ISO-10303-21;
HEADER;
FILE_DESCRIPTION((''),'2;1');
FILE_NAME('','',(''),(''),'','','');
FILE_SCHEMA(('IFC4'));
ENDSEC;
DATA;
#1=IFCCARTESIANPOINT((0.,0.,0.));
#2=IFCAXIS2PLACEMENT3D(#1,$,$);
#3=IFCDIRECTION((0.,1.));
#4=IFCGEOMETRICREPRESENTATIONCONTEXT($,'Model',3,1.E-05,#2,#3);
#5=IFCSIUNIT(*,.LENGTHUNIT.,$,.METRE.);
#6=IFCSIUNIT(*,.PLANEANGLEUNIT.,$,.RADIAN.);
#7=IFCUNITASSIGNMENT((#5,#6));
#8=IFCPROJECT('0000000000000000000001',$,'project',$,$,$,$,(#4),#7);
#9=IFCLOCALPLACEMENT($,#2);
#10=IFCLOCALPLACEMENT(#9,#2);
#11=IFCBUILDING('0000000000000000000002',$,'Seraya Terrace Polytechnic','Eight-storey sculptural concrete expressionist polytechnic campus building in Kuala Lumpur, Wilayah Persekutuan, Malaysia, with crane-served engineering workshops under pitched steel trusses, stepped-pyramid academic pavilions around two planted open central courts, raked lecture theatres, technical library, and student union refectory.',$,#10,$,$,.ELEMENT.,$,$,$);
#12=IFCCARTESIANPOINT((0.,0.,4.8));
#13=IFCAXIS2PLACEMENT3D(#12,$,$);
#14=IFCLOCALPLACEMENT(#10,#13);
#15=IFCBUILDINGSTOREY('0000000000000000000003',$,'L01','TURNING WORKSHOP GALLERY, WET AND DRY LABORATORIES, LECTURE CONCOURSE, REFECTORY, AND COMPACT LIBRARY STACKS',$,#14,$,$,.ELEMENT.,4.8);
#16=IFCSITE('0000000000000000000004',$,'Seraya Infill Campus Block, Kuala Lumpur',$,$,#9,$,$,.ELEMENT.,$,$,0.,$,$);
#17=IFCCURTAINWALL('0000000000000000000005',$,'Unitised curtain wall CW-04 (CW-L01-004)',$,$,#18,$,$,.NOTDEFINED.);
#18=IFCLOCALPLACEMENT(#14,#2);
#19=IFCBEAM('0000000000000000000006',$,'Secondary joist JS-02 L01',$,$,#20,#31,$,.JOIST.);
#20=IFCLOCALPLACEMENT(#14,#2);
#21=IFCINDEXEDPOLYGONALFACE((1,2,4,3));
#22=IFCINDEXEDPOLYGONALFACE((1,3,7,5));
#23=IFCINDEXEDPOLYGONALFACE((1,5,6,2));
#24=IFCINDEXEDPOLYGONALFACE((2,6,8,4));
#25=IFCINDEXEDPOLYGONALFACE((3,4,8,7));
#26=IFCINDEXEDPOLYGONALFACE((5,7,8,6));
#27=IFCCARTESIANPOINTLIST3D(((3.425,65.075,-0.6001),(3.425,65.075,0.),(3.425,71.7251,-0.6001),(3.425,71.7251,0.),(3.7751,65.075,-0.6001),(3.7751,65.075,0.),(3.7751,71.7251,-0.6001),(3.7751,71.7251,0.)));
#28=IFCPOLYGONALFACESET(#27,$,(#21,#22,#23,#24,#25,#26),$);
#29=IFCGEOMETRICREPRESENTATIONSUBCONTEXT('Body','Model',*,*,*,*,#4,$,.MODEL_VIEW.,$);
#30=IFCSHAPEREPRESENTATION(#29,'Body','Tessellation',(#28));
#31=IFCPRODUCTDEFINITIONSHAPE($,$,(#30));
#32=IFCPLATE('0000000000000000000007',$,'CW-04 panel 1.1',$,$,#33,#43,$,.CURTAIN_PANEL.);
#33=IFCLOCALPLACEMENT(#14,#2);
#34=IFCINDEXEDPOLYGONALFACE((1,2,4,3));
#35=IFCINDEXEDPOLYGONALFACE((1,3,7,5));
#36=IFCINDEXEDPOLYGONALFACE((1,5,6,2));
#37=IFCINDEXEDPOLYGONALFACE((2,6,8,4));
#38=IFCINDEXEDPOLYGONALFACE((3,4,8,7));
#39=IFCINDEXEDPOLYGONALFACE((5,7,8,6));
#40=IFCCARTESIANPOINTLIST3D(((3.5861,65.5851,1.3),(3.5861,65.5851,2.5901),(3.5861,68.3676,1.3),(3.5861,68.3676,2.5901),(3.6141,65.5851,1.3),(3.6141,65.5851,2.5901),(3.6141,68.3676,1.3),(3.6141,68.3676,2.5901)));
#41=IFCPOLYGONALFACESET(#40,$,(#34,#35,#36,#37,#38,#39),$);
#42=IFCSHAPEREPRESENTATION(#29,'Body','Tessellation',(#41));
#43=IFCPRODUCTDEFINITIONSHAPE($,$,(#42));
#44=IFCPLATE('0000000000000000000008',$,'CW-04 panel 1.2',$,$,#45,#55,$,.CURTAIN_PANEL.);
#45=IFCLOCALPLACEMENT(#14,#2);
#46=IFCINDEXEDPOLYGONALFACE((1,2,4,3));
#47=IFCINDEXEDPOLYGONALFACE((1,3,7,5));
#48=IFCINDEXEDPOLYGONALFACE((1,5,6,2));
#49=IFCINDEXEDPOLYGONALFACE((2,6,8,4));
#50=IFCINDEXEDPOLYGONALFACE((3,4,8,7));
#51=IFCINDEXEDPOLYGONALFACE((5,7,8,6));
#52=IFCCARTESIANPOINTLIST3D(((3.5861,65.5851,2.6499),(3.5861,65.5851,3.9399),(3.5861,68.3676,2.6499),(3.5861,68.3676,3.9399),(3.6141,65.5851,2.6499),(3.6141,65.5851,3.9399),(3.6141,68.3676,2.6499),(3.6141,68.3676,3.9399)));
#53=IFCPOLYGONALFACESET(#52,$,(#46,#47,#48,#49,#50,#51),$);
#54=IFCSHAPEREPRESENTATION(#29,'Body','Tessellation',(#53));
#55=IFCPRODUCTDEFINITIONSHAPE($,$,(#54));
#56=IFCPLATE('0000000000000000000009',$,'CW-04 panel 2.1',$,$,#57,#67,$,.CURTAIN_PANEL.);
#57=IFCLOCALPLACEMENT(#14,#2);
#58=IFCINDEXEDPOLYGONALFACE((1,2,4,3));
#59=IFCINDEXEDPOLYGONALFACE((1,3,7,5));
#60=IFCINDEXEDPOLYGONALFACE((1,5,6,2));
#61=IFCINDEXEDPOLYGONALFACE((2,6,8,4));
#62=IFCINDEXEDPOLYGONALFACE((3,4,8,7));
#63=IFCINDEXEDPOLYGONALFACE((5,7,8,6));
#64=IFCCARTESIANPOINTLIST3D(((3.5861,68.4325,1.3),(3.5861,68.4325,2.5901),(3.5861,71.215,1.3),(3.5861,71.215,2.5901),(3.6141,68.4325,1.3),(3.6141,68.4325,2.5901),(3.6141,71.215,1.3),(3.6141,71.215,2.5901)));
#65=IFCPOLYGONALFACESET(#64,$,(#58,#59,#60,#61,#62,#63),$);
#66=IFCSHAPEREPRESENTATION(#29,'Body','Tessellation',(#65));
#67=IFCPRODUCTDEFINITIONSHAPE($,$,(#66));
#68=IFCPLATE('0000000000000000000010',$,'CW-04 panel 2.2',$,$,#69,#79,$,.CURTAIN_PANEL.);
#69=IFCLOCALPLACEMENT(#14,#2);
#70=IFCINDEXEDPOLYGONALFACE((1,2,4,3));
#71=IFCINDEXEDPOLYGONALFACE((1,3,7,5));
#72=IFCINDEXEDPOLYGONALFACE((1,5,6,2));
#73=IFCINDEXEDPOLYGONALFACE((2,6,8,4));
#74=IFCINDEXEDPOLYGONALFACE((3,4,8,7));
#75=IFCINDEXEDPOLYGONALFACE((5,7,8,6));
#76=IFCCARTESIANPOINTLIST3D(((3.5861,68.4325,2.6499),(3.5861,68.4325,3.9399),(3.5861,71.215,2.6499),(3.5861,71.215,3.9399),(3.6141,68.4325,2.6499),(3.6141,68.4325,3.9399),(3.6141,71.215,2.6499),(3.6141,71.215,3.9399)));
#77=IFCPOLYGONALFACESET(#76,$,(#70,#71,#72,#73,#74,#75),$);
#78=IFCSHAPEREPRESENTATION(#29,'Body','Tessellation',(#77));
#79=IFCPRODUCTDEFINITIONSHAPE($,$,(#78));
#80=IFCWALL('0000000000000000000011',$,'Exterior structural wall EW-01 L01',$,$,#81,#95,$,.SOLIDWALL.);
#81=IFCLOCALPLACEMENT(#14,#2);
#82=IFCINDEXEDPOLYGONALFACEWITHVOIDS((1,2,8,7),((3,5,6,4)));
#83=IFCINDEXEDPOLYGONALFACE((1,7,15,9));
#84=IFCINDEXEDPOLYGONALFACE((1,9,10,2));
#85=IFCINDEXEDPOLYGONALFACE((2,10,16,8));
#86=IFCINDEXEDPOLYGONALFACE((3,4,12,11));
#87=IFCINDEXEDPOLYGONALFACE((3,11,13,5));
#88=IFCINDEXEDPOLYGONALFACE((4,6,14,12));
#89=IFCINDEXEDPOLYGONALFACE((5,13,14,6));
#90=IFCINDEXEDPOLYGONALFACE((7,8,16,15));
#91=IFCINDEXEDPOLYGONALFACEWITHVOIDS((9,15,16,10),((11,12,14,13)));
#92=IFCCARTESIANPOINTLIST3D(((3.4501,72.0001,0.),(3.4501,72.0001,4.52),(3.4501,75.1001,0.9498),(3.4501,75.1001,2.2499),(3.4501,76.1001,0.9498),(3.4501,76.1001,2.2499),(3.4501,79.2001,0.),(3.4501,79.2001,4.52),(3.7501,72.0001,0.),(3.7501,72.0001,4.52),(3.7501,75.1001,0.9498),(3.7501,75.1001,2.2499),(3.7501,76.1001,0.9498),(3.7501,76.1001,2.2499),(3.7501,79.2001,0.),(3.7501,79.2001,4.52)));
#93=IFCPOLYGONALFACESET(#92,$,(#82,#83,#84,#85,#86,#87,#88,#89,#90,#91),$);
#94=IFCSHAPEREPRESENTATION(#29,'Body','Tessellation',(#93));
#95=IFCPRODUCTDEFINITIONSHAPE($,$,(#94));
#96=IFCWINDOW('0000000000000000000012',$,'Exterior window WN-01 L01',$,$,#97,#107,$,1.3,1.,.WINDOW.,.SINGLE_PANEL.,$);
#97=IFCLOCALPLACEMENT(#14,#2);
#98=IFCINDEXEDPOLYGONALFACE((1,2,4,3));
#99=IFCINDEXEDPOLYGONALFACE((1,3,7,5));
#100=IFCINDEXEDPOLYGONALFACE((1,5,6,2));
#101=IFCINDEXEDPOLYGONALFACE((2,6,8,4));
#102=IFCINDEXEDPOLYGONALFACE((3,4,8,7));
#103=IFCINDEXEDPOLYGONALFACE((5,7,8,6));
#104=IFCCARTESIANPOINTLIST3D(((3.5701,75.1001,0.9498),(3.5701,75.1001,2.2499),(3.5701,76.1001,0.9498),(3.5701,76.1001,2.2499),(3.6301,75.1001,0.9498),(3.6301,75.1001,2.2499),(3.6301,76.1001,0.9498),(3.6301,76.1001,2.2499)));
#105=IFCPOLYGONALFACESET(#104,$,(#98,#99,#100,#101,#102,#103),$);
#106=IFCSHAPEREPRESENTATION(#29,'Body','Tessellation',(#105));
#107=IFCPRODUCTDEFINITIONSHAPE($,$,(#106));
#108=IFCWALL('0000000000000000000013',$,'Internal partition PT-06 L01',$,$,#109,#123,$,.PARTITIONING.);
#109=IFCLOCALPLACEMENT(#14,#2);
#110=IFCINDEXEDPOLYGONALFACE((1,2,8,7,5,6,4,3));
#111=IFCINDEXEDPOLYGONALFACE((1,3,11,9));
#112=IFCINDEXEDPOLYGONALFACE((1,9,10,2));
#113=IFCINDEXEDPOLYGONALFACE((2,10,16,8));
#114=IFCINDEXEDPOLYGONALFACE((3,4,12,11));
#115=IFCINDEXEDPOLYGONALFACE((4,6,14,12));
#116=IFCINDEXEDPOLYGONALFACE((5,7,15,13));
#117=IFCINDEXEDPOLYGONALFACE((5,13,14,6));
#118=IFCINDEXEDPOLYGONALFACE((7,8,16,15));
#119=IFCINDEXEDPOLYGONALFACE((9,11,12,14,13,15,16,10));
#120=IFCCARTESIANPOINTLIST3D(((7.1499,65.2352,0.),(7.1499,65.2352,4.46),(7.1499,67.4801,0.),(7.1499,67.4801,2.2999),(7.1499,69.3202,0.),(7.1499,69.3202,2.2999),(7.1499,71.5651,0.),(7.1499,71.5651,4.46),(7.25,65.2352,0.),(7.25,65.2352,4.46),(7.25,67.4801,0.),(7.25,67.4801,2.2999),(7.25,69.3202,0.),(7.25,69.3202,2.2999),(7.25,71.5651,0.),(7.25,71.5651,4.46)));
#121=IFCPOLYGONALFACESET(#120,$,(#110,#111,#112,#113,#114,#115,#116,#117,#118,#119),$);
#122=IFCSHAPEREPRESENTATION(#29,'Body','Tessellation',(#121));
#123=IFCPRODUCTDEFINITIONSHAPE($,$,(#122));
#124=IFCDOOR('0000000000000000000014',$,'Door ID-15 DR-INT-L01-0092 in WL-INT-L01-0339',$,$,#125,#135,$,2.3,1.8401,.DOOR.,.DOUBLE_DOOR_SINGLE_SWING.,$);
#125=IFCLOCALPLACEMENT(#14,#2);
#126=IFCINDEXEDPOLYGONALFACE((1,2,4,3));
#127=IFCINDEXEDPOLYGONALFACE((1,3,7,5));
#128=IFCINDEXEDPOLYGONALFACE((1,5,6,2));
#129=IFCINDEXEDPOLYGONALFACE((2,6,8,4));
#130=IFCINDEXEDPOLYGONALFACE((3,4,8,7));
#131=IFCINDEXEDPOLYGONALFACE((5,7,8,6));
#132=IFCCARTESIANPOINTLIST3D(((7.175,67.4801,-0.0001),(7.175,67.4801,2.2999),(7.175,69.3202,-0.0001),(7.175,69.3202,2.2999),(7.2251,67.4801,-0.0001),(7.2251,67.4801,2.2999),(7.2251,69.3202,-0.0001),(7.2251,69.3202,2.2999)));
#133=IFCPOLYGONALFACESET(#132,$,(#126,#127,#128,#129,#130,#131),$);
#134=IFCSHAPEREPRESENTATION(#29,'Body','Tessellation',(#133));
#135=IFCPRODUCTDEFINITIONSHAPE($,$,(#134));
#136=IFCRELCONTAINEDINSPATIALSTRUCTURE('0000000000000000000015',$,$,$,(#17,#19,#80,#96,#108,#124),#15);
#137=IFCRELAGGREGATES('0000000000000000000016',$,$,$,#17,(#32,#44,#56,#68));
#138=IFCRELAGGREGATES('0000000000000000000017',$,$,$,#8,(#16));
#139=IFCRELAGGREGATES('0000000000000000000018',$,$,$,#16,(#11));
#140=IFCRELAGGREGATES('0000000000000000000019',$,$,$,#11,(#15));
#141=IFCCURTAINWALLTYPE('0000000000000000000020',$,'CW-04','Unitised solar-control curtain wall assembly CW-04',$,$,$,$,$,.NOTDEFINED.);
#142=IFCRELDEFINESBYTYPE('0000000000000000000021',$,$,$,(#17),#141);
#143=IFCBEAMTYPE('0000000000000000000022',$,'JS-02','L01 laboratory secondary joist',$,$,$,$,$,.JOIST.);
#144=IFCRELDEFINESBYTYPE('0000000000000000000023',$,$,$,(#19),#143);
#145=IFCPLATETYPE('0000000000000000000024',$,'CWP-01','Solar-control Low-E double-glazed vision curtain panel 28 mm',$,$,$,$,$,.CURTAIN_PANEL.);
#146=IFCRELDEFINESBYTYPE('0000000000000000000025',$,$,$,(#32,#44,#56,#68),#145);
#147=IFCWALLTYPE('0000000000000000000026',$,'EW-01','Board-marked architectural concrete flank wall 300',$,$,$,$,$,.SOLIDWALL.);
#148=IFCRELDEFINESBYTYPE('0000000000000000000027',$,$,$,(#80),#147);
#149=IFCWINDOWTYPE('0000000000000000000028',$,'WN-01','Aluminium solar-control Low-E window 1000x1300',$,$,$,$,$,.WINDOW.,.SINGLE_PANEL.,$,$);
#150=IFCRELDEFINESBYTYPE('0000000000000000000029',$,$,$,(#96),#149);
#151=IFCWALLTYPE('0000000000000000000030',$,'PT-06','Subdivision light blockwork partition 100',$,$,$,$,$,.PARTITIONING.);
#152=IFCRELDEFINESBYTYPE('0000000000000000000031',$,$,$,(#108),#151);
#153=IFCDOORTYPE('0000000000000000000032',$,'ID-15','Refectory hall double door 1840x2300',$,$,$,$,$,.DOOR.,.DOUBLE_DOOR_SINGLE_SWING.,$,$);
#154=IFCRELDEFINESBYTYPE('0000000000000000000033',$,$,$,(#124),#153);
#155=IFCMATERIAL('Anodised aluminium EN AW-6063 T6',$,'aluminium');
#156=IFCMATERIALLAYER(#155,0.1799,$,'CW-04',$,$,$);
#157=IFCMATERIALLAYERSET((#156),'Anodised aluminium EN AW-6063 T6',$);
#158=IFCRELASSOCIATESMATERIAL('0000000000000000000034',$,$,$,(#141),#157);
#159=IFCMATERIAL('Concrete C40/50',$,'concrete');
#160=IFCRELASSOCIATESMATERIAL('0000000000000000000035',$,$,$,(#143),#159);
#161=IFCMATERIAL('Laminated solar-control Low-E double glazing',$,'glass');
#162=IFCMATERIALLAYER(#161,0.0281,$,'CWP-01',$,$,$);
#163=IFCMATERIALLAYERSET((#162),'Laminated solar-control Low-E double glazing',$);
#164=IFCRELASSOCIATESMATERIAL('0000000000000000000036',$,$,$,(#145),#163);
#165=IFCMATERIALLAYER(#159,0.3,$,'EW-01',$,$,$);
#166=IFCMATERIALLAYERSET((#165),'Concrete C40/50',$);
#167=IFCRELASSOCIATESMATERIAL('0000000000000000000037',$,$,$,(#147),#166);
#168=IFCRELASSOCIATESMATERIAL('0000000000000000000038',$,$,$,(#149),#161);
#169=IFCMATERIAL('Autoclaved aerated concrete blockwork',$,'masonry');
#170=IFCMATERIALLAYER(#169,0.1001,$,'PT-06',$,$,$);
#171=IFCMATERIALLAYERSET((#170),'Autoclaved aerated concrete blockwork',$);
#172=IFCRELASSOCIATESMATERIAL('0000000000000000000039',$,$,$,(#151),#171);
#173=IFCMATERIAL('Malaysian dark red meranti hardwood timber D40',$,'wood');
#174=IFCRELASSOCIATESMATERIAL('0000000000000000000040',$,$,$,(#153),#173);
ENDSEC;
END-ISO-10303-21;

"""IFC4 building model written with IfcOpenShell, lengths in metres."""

from ifc_helpers import new_model, si_unit, direction, frame, frame_2d, origin, origin_2d, place, context, subcontext, project, spatial, rectangle, extrude, material, layer, layer_set, material_profile, profile_set, type_object, element, fill, aggregate, save


model = new_model("IFC4")

# Units and contexts
model_context = context("Model", 3, precision=1e-05, world=origin(), true_north=direction((0.0, 1.0)))
body_context = subcontext(model_context, "Body", "Model", "MODEL_VIEW")
ifc_project = project(units=[si_unit("LENGTHUNIT", "METRE"), si_unit("PLANEANGLEUNIT", "RADIAN")], contexts=[model_context])

# Site, building, storey
site_placement = place(None, origin())
site = spatial("IfcSite", under=ifc_project, at=site_placement, Name="Seraya Infill Campus Block, Kuala Lumpur", CompositionType="ELEMENT", RefElevation=0.0)
building_placement = place(site_placement, origin())
building = spatial("IfcBuilding", under=site, at=building_placement, Name="Seraya Terrace Polytechnic", Description="Eight-storey sculptural concrete expressionist polytechnic campus building in Kuala Lumpur, Wilayah Persekutuan, Malaysia, with crane-served engineering workshops under pitched steel trusses, stepped-pyramid academic pavilions around two planted open central courts, raked lecture theatres, technical library, and student union refectory.", CompositionType="ELEMENT")
storey_placement = place(building_placement, frame((0.0, 0.0, 4.8)))
storey = spatial("IfcBuildingStorey", under=building, at=storey_placement, Name="L01", Description="TURNING WORKSHOP GALLERY, WET AND DRY LABORATORIES, LECTURE CONCOURSE, REFECTORY, AND COMPACT LIBRARY STACKS", CompositionType="ELEMENT", Elevation=4.8)

# Shared definitions
ifc_material_1 = material(Name="Concrete C40/50", Category="concrete")

# Curtain wall
ifc_material_2 = material(Name="Anodised aluminium EN AW-6063 T6", Category="aluminium")
ifc_layer_1 = layer(ifc_material_2, 0.1799, Name="CW-04")
ifc_layer_set_1 = layer_set([ifc_layer_1], Name="Anodised aluminium EN AW-6063 T6")
curtain_wall_type = type_object("IfcCurtainWallType", Name="CW-04", Description="Unitised solar-control curtain wall assembly CW-04", PredefinedType="NOTDEFINED", material=ifc_layer_set_1)
curtain_wall_placement = place(storey_placement, origin())
curtain_wall = element("IfcCurtainWall", 1, at=curtain_wall_placement, inside=storey, type_object=curtain_wall_type, Name="Unitised curtain wall CW-04 (CW-L01-004)", PredefinedType="NOTDEFINED")

# Beam
ifc_material_profile_1 = material_profile(ifc_material_1, rectangle(XDim=0.3501, YDim=0.6001, at=origin_2d()), Name="RC 350x600")
ifc_profile_set_1 = profile_set([ifc_material_profile_1], Name="Concrete C40/50")
beam_type_1 = type_object("IfcBeamType", Name="JS-02", Description="L01 laboratory secondary joist", PredefinedType="JOIST", material=ifc_profile_set_1)
beam_1_placement = place(storey_placement, frame((3.6001, 65.075, -0.3), z_axis=(0.0, 1.0, 0.0), x_axis=(-1.0, 0.0, 0.0)))
element("IfcBeam", 2, at=beam_1_placement, inside=storey, type_object=beam_type_1, Name="Secondary joist JS-02 L01", PredefinedType="JOIST", context=body_context, shape_type="SweptSolid", body=[
    extrude(rectangle(XDim=0.3501, YDim=0.6001, at=origin_2d()), origin(), (0.0, 0.0, 1.0), 6.6501),
])

# Plates
ifc_material_3 = material(Name="Laminated solar-control Low-E double glazing", Category="glass")
ifc_layer_2 = layer(ifc_material_3, 0.0281, Name="CWP-01")
ifc_layer_set_2 = layer_set([ifc_layer_2], Name="Laminated solar-control Low-E double glazing")
plate_type = type_object("IfcPlateType", Name="CWP-01", Description="Solar-control Low-E double-glazed vision curtain panel 28 mm", PredefinedType="CURTAIN_PANEL", material=ifc_layer_set_2)
plate_1_placement = place(storey_placement, frame((3.6001, 66.9763, 1.3), z_axis=(0.0, 0.0, 1.0), x_axis=(0.0, 1.0, 0.0)))
plate_1 = element("IfcPlate", 3, at=plate_1_placement, type_object=plate_type, Name="CW-04 panel 1.1", PredefinedType="CURTAIN_PANEL", context=body_context, shape_type="SweptSolid", body=[
    extrude(rectangle(XDim=2.7825, YDim=0.0281, at=origin_2d()), origin(), (0.0, 0.0, 1.0), 1.29),
])
plate_2_placement = place(storey_placement, frame((3.6001, 66.9763, 2.6499), z_axis=(0.0, 0.0, 1.0), x_axis=(0.0, 1.0, 0.0)))
plate_2 = element("IfcPlate", 4, at=plate_2_placement, type_object=plate_type, Name="CW-04 panel 1.2", PredefinedType="CURTAIN_PANEL", context=body_context, shape_type="SweptSolid", body=[
    extrude(rectangle(XDim=2.7825, YDim=0.0281, at=origin_2d()), origin(), (0.0, 0.0, 1.0), 1.29),
])
plate_3_placement = place(storey_placement, frame((3.6001, 69.8237, 1.3), z_axis=(0.0, 0.0, 1.0), x_axis=(0.0, 1.0, 0.0)))
plate_3 = element("IfcPlate", 5, at=plate_3_placement, type_object=plate_type, Name="CW-04 panel 2.1", PredefinedType="CURTAIN_PANEL", context=body_context, shape_type="SweptSolid", body=[
    extrude(rectangle(XDim=2.7825, YDim=0.0281, at=origin_2d()), origin(), (0.0, 0.0, 1.0), 1.29),
])
plate_4_placement = place(storey_placement, frame((3.6001, 69.8237, 2.6499), z_axis=(0.0, 0.0, 1.0), x_axis=(0.0, 1.0, 0.0)))
plate_4 = element("IfcPlate", 6, at=plate_4_placement, type_object=plate_type, Name="CW-04 panel 2.2", PredefinedType="CURTAIN_PANEL", context=body_context, shape_type="SweptSolid", body=[
    extrude(rectangle(XDim=2.7825, YDim=0.0281, at=origin_2d()), origin(), (0.0, 0.0, 1.0), 1.29),
])
aggregate(curtain_wall, [plate_1, plate_2, plate_3, plate_4])

# Wall, opening, window
ifc_layer_3 = layer(ifc_material_1, 0.3, Name="EW-01")
ifc_layer_set_3 = layer_set([ifc_layer_3], Name="Concrete C40/50")
wall_type_1 = type_object("IfcWallType", Name="EW-01", Description="Board-marked architectural concrete flank wall 300", PredefinedType="SOLIDWALL", material=ifc_layer_set_3)
wall_1_placement = place(storey_placement, frame((3.6001, 72.0, 0.0), z_axis=(0.0, 0.0, 1.0), x_axis=(0.0, 1.0, 0.0)))
wall_1 = element("IfcWall", 7, at=wall_1_placement, inside=storey, type_object=wall_type_1, Name="Exterior structural wall EW-01 L01", PredefinedType="SOLIDWALL", context=body_context, shape_type="SweptSolid", body=[
    extrude(rectangle(XDim=7.2, YDim=0.3, at=frame_2d((3.6001, 0.0))), origin(), (0.0, 0.0, 1.0), 4.52),
])
opening_1_placement = place(wall_1_placement, frame((3.1001, 0.0, 0.95)))
opening_1 = element("IfcOpeningElement", 8, at=opening_1_placement, cuts=wall_1, PredefinedType="OPENING", context=body_context, shape_type="SweptSolid", body=[
    extrude(rectangle(XDim=1.0, YDim=1.3, at=frame_2d((0.5, 0.6499))), frame((0.0, 0.1621, 0.0), z_axis=(0.0, -1.0, 0.0), x_axis=(1.0, 0.0, 0.0)), (0.0, 0.0, 1.0), 0.324),
])
window_type = type_object("IfcWindowType", Name="WN-01", Description="Aluminium solar-control Low-E window 1000x1300", PartitioningType="SINGLE_PANEL", PredefinedType="WINDOW", material=ifc_material_3)
window_placement = place(opening_1_placement, origin())
window = element("IfcWindow", 9, at=window_placement, inside=storey, type_object=window_type, Name="Exterior window WN-01 L01", OverallHeight=1.3, OverallWidth=1.0, PartitioningType="SINGLE_PANEL", PredefinedType="WINDOW", context=body_context, shape_type="SweptSolid", body=[
    extrude(rectangle(XDim=1.0, YDim=1.3, at=frame_2d((0.5, 0.6499))), frame((0.0, 0.03, 0.0), z_axis=(0.0, -1.0, 0.0), x_axis=(1.0, 0.0, 0.0)), (0.0, 0.0, 1.0), 0.0601),
])
fill(opening_1, window)

# Wall, opening, door
ifc_material_4 = material(Name="Autoclaved aerated concrete blockwork", Category="masonry")
ifc_layer_4 = layer(ifc_material_4, 0.1001, Name="PT-06")
ifc_layer_set_4 = layer_set([ifc_layer_4], Name="Autoclaved aerated concrete blockwork")
wall_type_2 = type_object("IfcWallType", Name="PT-06", Description="Subdivision light blockwork partition 100", PredefinedType="PARTITIONING", material=ifc_layer_set_4)
wall_2_placement = place(storey_placement, frame((7.2, 65.2351, 0.0), z_axis=(0.0, 0.0, 1.0), x_axis=(0.0, 1.0, 0.0)))
wall_2 = element("IfcWall", 10, at=wall_2_placement, inside=storey, type_object=wall_type_2, Name="Internal partition PT-06 L01", PredefinedType="PARTITIONING", context=body_context, shape_type="SweptSolid", body=[
    extrude(rectangle(XDim=6.3298, YDim=0.1001, at=frame_2d((3.165, 0.0))), origin(), (0.0, 0.0, 1.0), 4.46),
])
opening_2_placement = place(wall_2_placement, frame((2.2451, 0.0, 0.0)))
opening_2 = element("IfcOpeningElement", 11, at=opening_2_placement, cuts=wall_2, PredefinedType="OPENING", context=body_context, shape_type="SweptSolid", body=[
    extrude(rectangle(XDim=1.8401, YDim=2.3, at=frame_2d((0.9199, 1.1499))), frame((0.0, 0.062, 0.0), z_axis=(0.0, -1.0, 0.0), x_axis=(1.0, 0.0, 0.0)), (0.0, 0.0, 1.0), 0.124),
])
ifc_material_5 = material(Name="Malaysian dark red meranti hardwood timber D40", Category="wood")
door_type = type_object("IfcDoorType", Name="ID-15", Description="Refectory hall double door 1840x2300", OperationType="DOUBLE_DOOR_SINGLE_SWING", PredefinedType="DOOR", material=ifc_material_5)
door_placement = place(opening_2_placement, origin())
door = element("IfcDoor", 12, at=door_placement, inside=storey, type_object=door_type, Name="Door ID-15 DR-INT-L01-0092 in WL-INT-L01-0339", OperationType="DOUBLE_DOOR_SINGLE_SWING", OverallHeight=2.3, OverallWidth=1.8401, PredefinedType="DOOR", context=body_context, shape_type="SweptSolid", body=[
    extrude(rectangle(XDim=1.8401, YDim=2.3, at=frame_2d((0.9199, 1.1499))), frame((0.0, 0.0249, 0.0), z_axis=(0.0, -1.0, 0.0), x_axis=(1.0, 0.0, 0.0)), (0.0, 0.0, 1.0), 0.05),
])
fill(opening_2, door)

save(model, "model.ifc")
